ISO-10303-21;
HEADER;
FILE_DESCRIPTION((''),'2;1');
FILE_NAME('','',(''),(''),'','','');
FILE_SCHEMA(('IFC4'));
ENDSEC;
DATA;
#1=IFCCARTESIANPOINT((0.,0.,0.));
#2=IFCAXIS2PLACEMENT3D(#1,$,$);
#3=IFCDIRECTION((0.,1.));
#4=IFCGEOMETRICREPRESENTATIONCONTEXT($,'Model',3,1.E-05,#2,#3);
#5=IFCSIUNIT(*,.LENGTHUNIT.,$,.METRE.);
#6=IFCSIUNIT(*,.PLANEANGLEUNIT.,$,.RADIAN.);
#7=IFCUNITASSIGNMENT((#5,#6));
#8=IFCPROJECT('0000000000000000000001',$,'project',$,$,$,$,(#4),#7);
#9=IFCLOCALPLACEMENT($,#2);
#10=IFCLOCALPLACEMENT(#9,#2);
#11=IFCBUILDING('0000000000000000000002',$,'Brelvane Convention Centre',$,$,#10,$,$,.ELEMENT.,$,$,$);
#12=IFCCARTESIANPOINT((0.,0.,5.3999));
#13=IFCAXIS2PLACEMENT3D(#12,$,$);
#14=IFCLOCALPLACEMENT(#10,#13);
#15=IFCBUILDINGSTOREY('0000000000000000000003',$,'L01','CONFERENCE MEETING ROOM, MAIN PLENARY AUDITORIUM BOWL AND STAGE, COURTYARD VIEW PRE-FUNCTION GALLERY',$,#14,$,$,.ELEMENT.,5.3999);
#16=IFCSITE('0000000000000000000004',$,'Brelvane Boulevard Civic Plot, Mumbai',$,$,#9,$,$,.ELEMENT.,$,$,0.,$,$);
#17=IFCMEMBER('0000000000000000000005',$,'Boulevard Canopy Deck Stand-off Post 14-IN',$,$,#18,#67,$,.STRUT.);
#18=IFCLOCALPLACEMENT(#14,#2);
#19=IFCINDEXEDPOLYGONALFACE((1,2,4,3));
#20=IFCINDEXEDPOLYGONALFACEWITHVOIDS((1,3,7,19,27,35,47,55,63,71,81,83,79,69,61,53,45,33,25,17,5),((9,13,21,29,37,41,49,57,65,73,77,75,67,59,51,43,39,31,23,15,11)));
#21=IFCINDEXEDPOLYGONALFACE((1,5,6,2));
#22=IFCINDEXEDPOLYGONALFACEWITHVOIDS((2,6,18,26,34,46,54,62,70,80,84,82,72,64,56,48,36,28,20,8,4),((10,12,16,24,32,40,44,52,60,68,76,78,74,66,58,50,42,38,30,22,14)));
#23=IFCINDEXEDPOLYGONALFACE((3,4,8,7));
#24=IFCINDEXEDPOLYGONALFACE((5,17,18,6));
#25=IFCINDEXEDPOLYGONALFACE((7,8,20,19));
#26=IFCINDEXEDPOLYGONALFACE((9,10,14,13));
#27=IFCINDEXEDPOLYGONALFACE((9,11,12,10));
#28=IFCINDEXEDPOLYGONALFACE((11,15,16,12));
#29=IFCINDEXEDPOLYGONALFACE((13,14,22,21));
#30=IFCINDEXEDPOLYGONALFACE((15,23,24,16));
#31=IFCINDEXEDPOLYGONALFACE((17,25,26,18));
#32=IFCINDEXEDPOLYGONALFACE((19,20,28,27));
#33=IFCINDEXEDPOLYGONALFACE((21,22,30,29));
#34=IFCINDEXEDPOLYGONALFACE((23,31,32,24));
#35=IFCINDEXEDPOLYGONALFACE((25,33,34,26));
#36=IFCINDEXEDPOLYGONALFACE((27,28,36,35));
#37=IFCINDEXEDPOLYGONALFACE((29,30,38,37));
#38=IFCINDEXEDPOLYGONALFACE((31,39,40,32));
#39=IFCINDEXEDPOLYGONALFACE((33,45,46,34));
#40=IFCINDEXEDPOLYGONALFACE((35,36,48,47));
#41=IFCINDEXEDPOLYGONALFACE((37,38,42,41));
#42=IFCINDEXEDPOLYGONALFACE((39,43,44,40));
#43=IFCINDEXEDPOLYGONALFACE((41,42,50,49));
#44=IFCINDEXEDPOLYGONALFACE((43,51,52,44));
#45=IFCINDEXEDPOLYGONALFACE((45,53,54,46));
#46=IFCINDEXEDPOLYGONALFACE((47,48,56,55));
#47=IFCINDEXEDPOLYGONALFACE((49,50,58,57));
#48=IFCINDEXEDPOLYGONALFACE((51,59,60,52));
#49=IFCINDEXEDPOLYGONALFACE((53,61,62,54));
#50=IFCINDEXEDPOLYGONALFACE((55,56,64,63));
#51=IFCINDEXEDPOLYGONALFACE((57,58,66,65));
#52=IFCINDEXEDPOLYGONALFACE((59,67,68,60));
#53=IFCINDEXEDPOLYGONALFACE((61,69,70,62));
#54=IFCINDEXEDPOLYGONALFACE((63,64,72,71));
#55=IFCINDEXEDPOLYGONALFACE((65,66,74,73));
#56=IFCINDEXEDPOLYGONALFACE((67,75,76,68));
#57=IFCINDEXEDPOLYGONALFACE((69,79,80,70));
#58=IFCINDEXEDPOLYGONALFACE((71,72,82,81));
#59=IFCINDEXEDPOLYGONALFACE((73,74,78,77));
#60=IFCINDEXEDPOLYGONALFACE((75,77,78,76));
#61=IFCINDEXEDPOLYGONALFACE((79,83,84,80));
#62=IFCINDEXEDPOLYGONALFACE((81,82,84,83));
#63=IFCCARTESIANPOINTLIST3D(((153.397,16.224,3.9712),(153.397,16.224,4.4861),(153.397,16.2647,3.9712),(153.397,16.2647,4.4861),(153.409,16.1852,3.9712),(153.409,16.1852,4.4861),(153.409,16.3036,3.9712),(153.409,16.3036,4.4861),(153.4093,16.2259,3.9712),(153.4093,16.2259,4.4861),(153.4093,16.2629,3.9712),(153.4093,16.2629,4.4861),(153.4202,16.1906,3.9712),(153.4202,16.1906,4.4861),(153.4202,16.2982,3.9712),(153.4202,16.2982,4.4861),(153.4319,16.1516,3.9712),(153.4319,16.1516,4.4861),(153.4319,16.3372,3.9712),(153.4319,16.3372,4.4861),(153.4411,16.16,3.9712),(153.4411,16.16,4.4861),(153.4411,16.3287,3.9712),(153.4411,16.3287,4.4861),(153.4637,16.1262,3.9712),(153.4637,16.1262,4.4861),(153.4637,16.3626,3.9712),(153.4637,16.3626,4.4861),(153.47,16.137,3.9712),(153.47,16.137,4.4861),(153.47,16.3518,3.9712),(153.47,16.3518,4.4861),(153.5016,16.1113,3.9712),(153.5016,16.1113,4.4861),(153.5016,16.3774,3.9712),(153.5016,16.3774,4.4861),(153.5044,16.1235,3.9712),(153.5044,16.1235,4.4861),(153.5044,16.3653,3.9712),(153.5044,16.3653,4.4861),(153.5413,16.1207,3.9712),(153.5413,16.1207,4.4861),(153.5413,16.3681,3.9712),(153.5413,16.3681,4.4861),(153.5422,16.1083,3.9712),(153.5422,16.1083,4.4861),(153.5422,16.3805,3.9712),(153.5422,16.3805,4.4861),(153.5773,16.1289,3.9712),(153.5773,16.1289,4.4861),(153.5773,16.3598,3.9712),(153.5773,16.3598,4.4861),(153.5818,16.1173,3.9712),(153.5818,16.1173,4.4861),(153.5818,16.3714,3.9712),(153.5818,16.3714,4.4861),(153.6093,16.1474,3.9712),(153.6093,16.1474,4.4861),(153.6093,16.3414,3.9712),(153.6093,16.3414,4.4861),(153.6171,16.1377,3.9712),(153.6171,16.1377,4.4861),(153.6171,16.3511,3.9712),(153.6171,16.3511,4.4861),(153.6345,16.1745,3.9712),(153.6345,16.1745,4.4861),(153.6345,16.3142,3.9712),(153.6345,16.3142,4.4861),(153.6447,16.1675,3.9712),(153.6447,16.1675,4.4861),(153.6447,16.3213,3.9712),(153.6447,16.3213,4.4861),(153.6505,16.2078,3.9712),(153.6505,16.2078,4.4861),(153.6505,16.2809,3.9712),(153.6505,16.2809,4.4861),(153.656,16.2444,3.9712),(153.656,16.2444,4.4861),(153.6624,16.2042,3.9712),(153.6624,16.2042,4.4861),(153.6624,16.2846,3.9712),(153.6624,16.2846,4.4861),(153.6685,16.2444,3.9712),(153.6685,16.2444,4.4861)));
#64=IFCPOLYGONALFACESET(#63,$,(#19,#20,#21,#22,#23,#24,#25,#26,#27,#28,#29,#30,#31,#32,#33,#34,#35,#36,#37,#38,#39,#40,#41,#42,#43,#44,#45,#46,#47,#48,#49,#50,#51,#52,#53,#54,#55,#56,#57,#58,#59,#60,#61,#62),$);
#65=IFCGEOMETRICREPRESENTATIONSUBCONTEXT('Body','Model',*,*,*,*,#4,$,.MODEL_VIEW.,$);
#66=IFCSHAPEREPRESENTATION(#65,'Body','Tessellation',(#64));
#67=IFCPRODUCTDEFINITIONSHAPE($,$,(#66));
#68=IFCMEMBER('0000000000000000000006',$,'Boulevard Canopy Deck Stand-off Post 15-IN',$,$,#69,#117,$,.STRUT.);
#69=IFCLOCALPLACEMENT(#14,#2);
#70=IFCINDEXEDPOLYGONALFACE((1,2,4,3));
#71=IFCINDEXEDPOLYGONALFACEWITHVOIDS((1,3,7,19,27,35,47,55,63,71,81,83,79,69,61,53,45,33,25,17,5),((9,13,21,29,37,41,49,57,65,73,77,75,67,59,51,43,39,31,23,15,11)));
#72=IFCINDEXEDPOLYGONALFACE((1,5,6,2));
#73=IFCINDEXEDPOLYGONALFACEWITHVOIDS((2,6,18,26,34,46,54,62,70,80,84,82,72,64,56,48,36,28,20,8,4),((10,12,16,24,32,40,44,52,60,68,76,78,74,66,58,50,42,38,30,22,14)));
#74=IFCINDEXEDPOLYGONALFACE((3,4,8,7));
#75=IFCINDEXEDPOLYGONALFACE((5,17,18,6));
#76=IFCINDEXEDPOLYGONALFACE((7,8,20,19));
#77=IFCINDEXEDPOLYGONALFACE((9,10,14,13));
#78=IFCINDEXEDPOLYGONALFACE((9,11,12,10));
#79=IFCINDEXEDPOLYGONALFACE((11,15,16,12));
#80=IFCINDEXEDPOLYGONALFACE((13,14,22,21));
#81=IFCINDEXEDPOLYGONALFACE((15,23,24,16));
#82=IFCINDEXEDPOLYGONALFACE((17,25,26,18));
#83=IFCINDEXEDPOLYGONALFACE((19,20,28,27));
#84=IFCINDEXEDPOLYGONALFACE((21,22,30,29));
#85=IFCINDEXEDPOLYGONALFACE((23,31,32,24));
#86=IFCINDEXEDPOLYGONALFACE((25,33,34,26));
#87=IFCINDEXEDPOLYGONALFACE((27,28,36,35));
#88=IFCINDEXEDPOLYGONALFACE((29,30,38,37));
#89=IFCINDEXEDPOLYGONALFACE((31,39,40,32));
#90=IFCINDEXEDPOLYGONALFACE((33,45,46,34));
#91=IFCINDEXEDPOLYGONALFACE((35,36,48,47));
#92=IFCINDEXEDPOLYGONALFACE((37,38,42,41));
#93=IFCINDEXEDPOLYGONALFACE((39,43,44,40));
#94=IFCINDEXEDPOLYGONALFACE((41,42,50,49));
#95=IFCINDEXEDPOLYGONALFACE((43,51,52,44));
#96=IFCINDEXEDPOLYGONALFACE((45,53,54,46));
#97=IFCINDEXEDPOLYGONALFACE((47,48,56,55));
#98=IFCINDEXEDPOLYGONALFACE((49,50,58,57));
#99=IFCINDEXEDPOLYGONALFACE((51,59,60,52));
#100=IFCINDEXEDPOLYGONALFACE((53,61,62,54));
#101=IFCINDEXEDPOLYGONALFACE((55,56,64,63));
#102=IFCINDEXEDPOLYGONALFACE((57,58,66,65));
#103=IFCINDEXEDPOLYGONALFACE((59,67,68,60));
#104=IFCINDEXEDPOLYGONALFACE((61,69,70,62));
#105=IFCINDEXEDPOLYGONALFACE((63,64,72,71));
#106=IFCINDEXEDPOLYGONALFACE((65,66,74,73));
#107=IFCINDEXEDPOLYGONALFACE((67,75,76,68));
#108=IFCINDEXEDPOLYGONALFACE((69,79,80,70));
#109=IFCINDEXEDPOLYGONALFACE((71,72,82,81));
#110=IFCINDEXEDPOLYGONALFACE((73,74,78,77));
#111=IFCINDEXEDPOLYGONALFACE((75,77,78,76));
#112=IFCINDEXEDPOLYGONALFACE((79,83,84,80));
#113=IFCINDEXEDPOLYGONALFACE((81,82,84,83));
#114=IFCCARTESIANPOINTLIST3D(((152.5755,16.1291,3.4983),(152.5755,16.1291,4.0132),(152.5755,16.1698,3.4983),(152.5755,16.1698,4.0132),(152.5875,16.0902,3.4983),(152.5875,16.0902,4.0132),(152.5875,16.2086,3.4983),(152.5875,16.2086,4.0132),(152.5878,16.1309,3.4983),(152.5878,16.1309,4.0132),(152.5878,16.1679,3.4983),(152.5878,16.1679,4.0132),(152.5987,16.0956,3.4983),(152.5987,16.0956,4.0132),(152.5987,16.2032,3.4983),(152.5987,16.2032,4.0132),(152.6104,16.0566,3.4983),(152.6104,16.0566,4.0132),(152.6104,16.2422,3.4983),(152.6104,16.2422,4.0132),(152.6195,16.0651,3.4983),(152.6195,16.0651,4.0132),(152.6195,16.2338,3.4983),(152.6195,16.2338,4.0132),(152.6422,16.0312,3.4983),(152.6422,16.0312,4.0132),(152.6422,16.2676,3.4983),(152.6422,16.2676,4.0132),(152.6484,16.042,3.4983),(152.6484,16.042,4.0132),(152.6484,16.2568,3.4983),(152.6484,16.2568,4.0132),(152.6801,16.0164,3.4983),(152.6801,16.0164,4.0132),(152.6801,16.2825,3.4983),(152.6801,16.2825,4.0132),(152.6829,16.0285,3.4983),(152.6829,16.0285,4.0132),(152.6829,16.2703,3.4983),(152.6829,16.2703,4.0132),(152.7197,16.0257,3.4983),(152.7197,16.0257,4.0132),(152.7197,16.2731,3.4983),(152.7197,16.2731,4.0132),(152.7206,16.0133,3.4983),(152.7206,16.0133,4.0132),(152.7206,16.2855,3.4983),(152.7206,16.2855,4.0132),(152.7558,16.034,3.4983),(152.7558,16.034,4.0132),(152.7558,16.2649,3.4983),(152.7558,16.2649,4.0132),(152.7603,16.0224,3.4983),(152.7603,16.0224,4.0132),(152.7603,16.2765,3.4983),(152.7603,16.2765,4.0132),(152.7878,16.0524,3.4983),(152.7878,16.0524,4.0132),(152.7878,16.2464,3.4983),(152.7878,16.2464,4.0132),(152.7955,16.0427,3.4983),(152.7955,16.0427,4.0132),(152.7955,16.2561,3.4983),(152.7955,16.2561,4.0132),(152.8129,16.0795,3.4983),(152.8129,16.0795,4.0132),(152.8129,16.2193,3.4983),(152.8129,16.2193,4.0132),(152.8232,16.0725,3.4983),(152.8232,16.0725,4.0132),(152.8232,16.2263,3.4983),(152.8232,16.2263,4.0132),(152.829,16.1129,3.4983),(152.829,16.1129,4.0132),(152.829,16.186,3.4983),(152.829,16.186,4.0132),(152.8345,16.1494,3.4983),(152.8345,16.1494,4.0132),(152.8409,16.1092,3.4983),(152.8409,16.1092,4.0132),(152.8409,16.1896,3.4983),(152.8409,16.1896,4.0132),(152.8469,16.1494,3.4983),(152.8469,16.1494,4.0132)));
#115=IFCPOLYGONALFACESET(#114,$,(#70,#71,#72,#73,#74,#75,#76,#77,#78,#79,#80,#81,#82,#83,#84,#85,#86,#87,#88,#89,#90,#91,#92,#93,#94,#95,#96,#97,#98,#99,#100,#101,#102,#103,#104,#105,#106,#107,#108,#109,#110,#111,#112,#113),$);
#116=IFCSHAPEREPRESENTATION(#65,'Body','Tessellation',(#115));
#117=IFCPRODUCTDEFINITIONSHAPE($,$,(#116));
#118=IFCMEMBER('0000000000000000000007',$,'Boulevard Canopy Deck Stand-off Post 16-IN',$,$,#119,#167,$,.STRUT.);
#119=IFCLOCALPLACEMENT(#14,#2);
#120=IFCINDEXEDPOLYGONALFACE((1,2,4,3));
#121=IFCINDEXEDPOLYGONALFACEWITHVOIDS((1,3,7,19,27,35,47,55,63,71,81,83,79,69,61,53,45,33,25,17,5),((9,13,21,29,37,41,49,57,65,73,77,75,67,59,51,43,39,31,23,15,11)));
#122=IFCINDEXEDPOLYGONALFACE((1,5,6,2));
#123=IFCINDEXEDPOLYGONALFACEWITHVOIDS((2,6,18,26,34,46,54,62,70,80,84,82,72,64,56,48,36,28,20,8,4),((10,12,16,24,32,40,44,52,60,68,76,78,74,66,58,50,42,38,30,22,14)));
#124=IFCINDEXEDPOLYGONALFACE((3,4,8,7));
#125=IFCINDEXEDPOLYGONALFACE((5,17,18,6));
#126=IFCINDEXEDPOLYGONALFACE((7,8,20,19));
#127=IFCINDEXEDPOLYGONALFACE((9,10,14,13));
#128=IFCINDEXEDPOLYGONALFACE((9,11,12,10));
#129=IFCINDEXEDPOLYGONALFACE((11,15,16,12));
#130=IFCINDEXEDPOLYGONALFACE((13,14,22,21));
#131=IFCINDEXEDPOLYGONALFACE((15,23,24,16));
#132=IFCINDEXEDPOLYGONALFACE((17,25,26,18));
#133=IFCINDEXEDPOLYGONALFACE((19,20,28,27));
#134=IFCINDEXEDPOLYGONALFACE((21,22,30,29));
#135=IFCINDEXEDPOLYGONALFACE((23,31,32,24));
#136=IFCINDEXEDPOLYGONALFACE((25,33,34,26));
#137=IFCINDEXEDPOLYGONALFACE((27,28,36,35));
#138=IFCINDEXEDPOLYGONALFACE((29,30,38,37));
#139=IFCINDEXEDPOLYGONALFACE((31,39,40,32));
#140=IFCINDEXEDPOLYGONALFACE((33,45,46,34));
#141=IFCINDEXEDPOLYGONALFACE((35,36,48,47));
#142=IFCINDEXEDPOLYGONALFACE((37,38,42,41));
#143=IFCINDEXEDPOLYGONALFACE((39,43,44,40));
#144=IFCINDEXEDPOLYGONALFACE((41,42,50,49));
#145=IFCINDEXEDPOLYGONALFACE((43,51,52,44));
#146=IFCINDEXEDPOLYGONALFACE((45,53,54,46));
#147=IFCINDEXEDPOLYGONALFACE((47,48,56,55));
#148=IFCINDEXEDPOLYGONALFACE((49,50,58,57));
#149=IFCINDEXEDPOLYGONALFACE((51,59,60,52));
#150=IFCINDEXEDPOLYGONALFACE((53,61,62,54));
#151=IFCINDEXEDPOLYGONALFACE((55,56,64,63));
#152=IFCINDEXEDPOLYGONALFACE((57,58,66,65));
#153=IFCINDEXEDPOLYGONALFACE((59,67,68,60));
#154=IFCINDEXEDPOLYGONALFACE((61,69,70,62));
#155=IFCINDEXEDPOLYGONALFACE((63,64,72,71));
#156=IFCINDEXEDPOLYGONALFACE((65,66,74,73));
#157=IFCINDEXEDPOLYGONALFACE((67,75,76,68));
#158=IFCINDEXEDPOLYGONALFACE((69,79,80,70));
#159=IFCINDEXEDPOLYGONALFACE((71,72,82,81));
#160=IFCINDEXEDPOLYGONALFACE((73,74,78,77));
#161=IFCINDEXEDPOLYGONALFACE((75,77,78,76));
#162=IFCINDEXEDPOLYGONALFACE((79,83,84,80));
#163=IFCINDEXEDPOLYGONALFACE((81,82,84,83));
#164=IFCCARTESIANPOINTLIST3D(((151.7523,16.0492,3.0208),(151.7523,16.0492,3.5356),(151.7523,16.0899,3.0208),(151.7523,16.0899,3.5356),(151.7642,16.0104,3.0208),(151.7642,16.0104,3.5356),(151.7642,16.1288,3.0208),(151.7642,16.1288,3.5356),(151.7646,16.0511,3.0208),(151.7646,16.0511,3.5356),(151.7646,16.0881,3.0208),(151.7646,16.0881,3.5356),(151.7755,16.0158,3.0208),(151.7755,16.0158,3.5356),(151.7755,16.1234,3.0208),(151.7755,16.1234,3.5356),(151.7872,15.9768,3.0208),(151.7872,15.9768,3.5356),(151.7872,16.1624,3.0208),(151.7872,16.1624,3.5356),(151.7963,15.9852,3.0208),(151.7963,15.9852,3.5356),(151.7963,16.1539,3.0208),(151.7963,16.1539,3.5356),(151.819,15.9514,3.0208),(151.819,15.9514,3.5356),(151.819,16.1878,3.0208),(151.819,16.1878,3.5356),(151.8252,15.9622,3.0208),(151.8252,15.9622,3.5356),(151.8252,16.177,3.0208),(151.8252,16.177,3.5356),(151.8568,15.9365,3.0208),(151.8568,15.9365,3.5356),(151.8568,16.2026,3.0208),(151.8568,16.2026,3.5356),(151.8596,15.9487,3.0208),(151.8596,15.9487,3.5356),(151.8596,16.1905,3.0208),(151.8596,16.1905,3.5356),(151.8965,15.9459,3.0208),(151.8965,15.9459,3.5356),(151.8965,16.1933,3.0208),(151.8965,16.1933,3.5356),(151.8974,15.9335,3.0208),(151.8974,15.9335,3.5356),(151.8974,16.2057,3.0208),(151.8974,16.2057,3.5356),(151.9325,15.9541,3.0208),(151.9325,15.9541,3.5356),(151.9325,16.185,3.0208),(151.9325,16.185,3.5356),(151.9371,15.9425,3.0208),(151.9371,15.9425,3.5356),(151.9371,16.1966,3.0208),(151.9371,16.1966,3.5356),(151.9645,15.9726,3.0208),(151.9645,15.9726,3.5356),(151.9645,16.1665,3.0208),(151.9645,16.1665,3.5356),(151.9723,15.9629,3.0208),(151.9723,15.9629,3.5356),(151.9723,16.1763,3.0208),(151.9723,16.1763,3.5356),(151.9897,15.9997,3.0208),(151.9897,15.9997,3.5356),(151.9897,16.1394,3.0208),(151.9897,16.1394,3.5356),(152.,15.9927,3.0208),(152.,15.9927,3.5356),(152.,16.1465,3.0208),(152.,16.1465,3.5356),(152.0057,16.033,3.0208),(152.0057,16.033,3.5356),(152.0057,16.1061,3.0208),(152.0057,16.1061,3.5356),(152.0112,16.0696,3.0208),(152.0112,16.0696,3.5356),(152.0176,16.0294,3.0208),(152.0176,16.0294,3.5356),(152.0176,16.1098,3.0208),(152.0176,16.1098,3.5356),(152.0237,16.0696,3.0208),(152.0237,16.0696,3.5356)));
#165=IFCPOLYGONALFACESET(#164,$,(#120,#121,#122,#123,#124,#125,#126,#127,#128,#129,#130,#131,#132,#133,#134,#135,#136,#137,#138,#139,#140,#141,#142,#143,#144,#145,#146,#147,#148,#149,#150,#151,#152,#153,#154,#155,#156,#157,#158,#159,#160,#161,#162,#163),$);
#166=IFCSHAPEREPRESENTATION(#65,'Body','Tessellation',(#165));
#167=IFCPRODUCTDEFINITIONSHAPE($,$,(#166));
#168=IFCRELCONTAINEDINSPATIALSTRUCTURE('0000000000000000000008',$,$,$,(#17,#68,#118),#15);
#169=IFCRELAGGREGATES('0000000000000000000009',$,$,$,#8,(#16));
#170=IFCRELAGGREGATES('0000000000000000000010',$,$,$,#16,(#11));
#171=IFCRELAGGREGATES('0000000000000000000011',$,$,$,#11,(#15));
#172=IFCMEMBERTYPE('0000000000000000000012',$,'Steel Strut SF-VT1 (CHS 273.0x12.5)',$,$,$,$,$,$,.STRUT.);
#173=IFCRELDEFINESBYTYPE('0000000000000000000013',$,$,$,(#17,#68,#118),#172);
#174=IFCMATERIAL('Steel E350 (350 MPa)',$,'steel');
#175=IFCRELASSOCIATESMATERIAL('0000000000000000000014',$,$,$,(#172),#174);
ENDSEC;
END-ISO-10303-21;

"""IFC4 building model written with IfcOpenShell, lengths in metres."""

from ifc_helpers import new_model, si_unit, direction, frame, origin, origin_2d, place, context, subcontext, project, spatial, hollow_circle, extrude, material, material_profile, profile_set, type_object, element, save


model = new_model("IFC4")

# Units and contexts
model_context = context("Model", 3, precision=1e-05, world=origin(), true_north=direction((0.0, 1.0)))
body_context = subcontext(model_context, "Body", "Model", "MODEL_VIEW")
ifc_project = project(units=[si_unit("LENGTHUNIT", "METRE"), si_unit("PLANEANGLEUNIT", "RADIAN")], contexts=[model_context])

# Site, building, storey
site_placement = place(None, origin())
site = spatial("IfcSite", under=ifc_project, at=site_placement, Name="Brelvane Boulevard Civic Plot, Mumbai", CompositionType="ELEMENT", RefElevation=0.0)
building_placement = place(site_placement, origin())
building = spatial("IfcBuilding", under=site, at=building_placement, Name="Brelvane Convention Centre", CompositionType="ELEMENT")
storey_placement = place(building_placement, frame((0.0, 0.0, 5.3999)))
storey = spatial("IfcBuildingStorey", under=building, at=storey_placement, Name="L01", Description="CONFERENCE MEETING ROOM, MAIN PLENARY AUDITORIUM BOWL AND STAGE, COURTYARD VIEW PRE-FUNCTION GALLERY", CompositionType="ELEMENT", Elevation=5.3999)

# Members
ifc_material_1 = material(Name="Steel E350 (350 MPa)", Category="steel")
ifc_material_profile_1 = material_profile(ifc_material_1, hollow_circle(Radius=0.1365, WallThickness=0.0125, at=origin_2d()), Name="CHS 273.0x12.5")
ifc_profile_set_1 = profile_set([ifc_material_profile_1], Name="Steel E350 (350 MPa)")
member_type_1 = type_object("IfcMemberType", Name="Steel Strut SF-VT1 (CHS 273.0x12.5)", PredefinedType="STRUT", material=ifc_profile_set_1)
for number, where, z_axis, x_axis, name in (
    (1, (153.532, 16.2444, 3.9712), (0.0, 0.0, 1.0), (1.0, 0.0, 0.0), "Boulevard Canopy Deck Stand-off Post 14-IN"),
    (2, (152.7104, 16.1494, 3.4983), (0.0, 0.0, 1.0), (1.0, 0.0, 0.0), "Boulevard Canopy Deck Stand-off Post 15-IN"),
    (3, (151.8872, 16.0696, 3.0208), (0.0, 0.0, 1.0), (1.0, 0.0, 0.0), "Boulevard Canopy Deck Stand-off Post 16-IN"),
):
    element("IfcMember", number, at=place(storey_placement, frame(where, z_axis=z_axis, x_axis=x_axis)), inside=storey, type_object=member_type_1, Name=name, PredefinedType="STRUT", context=body_context, shape_type="SweptSolid", body=[
        extrude(hollow_circle(Radius=0.1365, WallThickness=0.0125, at=origin_2d()), origin(), (0.0, 0.0, 1.0), 0.5149),
    ])

save(model, "model.ifc")
